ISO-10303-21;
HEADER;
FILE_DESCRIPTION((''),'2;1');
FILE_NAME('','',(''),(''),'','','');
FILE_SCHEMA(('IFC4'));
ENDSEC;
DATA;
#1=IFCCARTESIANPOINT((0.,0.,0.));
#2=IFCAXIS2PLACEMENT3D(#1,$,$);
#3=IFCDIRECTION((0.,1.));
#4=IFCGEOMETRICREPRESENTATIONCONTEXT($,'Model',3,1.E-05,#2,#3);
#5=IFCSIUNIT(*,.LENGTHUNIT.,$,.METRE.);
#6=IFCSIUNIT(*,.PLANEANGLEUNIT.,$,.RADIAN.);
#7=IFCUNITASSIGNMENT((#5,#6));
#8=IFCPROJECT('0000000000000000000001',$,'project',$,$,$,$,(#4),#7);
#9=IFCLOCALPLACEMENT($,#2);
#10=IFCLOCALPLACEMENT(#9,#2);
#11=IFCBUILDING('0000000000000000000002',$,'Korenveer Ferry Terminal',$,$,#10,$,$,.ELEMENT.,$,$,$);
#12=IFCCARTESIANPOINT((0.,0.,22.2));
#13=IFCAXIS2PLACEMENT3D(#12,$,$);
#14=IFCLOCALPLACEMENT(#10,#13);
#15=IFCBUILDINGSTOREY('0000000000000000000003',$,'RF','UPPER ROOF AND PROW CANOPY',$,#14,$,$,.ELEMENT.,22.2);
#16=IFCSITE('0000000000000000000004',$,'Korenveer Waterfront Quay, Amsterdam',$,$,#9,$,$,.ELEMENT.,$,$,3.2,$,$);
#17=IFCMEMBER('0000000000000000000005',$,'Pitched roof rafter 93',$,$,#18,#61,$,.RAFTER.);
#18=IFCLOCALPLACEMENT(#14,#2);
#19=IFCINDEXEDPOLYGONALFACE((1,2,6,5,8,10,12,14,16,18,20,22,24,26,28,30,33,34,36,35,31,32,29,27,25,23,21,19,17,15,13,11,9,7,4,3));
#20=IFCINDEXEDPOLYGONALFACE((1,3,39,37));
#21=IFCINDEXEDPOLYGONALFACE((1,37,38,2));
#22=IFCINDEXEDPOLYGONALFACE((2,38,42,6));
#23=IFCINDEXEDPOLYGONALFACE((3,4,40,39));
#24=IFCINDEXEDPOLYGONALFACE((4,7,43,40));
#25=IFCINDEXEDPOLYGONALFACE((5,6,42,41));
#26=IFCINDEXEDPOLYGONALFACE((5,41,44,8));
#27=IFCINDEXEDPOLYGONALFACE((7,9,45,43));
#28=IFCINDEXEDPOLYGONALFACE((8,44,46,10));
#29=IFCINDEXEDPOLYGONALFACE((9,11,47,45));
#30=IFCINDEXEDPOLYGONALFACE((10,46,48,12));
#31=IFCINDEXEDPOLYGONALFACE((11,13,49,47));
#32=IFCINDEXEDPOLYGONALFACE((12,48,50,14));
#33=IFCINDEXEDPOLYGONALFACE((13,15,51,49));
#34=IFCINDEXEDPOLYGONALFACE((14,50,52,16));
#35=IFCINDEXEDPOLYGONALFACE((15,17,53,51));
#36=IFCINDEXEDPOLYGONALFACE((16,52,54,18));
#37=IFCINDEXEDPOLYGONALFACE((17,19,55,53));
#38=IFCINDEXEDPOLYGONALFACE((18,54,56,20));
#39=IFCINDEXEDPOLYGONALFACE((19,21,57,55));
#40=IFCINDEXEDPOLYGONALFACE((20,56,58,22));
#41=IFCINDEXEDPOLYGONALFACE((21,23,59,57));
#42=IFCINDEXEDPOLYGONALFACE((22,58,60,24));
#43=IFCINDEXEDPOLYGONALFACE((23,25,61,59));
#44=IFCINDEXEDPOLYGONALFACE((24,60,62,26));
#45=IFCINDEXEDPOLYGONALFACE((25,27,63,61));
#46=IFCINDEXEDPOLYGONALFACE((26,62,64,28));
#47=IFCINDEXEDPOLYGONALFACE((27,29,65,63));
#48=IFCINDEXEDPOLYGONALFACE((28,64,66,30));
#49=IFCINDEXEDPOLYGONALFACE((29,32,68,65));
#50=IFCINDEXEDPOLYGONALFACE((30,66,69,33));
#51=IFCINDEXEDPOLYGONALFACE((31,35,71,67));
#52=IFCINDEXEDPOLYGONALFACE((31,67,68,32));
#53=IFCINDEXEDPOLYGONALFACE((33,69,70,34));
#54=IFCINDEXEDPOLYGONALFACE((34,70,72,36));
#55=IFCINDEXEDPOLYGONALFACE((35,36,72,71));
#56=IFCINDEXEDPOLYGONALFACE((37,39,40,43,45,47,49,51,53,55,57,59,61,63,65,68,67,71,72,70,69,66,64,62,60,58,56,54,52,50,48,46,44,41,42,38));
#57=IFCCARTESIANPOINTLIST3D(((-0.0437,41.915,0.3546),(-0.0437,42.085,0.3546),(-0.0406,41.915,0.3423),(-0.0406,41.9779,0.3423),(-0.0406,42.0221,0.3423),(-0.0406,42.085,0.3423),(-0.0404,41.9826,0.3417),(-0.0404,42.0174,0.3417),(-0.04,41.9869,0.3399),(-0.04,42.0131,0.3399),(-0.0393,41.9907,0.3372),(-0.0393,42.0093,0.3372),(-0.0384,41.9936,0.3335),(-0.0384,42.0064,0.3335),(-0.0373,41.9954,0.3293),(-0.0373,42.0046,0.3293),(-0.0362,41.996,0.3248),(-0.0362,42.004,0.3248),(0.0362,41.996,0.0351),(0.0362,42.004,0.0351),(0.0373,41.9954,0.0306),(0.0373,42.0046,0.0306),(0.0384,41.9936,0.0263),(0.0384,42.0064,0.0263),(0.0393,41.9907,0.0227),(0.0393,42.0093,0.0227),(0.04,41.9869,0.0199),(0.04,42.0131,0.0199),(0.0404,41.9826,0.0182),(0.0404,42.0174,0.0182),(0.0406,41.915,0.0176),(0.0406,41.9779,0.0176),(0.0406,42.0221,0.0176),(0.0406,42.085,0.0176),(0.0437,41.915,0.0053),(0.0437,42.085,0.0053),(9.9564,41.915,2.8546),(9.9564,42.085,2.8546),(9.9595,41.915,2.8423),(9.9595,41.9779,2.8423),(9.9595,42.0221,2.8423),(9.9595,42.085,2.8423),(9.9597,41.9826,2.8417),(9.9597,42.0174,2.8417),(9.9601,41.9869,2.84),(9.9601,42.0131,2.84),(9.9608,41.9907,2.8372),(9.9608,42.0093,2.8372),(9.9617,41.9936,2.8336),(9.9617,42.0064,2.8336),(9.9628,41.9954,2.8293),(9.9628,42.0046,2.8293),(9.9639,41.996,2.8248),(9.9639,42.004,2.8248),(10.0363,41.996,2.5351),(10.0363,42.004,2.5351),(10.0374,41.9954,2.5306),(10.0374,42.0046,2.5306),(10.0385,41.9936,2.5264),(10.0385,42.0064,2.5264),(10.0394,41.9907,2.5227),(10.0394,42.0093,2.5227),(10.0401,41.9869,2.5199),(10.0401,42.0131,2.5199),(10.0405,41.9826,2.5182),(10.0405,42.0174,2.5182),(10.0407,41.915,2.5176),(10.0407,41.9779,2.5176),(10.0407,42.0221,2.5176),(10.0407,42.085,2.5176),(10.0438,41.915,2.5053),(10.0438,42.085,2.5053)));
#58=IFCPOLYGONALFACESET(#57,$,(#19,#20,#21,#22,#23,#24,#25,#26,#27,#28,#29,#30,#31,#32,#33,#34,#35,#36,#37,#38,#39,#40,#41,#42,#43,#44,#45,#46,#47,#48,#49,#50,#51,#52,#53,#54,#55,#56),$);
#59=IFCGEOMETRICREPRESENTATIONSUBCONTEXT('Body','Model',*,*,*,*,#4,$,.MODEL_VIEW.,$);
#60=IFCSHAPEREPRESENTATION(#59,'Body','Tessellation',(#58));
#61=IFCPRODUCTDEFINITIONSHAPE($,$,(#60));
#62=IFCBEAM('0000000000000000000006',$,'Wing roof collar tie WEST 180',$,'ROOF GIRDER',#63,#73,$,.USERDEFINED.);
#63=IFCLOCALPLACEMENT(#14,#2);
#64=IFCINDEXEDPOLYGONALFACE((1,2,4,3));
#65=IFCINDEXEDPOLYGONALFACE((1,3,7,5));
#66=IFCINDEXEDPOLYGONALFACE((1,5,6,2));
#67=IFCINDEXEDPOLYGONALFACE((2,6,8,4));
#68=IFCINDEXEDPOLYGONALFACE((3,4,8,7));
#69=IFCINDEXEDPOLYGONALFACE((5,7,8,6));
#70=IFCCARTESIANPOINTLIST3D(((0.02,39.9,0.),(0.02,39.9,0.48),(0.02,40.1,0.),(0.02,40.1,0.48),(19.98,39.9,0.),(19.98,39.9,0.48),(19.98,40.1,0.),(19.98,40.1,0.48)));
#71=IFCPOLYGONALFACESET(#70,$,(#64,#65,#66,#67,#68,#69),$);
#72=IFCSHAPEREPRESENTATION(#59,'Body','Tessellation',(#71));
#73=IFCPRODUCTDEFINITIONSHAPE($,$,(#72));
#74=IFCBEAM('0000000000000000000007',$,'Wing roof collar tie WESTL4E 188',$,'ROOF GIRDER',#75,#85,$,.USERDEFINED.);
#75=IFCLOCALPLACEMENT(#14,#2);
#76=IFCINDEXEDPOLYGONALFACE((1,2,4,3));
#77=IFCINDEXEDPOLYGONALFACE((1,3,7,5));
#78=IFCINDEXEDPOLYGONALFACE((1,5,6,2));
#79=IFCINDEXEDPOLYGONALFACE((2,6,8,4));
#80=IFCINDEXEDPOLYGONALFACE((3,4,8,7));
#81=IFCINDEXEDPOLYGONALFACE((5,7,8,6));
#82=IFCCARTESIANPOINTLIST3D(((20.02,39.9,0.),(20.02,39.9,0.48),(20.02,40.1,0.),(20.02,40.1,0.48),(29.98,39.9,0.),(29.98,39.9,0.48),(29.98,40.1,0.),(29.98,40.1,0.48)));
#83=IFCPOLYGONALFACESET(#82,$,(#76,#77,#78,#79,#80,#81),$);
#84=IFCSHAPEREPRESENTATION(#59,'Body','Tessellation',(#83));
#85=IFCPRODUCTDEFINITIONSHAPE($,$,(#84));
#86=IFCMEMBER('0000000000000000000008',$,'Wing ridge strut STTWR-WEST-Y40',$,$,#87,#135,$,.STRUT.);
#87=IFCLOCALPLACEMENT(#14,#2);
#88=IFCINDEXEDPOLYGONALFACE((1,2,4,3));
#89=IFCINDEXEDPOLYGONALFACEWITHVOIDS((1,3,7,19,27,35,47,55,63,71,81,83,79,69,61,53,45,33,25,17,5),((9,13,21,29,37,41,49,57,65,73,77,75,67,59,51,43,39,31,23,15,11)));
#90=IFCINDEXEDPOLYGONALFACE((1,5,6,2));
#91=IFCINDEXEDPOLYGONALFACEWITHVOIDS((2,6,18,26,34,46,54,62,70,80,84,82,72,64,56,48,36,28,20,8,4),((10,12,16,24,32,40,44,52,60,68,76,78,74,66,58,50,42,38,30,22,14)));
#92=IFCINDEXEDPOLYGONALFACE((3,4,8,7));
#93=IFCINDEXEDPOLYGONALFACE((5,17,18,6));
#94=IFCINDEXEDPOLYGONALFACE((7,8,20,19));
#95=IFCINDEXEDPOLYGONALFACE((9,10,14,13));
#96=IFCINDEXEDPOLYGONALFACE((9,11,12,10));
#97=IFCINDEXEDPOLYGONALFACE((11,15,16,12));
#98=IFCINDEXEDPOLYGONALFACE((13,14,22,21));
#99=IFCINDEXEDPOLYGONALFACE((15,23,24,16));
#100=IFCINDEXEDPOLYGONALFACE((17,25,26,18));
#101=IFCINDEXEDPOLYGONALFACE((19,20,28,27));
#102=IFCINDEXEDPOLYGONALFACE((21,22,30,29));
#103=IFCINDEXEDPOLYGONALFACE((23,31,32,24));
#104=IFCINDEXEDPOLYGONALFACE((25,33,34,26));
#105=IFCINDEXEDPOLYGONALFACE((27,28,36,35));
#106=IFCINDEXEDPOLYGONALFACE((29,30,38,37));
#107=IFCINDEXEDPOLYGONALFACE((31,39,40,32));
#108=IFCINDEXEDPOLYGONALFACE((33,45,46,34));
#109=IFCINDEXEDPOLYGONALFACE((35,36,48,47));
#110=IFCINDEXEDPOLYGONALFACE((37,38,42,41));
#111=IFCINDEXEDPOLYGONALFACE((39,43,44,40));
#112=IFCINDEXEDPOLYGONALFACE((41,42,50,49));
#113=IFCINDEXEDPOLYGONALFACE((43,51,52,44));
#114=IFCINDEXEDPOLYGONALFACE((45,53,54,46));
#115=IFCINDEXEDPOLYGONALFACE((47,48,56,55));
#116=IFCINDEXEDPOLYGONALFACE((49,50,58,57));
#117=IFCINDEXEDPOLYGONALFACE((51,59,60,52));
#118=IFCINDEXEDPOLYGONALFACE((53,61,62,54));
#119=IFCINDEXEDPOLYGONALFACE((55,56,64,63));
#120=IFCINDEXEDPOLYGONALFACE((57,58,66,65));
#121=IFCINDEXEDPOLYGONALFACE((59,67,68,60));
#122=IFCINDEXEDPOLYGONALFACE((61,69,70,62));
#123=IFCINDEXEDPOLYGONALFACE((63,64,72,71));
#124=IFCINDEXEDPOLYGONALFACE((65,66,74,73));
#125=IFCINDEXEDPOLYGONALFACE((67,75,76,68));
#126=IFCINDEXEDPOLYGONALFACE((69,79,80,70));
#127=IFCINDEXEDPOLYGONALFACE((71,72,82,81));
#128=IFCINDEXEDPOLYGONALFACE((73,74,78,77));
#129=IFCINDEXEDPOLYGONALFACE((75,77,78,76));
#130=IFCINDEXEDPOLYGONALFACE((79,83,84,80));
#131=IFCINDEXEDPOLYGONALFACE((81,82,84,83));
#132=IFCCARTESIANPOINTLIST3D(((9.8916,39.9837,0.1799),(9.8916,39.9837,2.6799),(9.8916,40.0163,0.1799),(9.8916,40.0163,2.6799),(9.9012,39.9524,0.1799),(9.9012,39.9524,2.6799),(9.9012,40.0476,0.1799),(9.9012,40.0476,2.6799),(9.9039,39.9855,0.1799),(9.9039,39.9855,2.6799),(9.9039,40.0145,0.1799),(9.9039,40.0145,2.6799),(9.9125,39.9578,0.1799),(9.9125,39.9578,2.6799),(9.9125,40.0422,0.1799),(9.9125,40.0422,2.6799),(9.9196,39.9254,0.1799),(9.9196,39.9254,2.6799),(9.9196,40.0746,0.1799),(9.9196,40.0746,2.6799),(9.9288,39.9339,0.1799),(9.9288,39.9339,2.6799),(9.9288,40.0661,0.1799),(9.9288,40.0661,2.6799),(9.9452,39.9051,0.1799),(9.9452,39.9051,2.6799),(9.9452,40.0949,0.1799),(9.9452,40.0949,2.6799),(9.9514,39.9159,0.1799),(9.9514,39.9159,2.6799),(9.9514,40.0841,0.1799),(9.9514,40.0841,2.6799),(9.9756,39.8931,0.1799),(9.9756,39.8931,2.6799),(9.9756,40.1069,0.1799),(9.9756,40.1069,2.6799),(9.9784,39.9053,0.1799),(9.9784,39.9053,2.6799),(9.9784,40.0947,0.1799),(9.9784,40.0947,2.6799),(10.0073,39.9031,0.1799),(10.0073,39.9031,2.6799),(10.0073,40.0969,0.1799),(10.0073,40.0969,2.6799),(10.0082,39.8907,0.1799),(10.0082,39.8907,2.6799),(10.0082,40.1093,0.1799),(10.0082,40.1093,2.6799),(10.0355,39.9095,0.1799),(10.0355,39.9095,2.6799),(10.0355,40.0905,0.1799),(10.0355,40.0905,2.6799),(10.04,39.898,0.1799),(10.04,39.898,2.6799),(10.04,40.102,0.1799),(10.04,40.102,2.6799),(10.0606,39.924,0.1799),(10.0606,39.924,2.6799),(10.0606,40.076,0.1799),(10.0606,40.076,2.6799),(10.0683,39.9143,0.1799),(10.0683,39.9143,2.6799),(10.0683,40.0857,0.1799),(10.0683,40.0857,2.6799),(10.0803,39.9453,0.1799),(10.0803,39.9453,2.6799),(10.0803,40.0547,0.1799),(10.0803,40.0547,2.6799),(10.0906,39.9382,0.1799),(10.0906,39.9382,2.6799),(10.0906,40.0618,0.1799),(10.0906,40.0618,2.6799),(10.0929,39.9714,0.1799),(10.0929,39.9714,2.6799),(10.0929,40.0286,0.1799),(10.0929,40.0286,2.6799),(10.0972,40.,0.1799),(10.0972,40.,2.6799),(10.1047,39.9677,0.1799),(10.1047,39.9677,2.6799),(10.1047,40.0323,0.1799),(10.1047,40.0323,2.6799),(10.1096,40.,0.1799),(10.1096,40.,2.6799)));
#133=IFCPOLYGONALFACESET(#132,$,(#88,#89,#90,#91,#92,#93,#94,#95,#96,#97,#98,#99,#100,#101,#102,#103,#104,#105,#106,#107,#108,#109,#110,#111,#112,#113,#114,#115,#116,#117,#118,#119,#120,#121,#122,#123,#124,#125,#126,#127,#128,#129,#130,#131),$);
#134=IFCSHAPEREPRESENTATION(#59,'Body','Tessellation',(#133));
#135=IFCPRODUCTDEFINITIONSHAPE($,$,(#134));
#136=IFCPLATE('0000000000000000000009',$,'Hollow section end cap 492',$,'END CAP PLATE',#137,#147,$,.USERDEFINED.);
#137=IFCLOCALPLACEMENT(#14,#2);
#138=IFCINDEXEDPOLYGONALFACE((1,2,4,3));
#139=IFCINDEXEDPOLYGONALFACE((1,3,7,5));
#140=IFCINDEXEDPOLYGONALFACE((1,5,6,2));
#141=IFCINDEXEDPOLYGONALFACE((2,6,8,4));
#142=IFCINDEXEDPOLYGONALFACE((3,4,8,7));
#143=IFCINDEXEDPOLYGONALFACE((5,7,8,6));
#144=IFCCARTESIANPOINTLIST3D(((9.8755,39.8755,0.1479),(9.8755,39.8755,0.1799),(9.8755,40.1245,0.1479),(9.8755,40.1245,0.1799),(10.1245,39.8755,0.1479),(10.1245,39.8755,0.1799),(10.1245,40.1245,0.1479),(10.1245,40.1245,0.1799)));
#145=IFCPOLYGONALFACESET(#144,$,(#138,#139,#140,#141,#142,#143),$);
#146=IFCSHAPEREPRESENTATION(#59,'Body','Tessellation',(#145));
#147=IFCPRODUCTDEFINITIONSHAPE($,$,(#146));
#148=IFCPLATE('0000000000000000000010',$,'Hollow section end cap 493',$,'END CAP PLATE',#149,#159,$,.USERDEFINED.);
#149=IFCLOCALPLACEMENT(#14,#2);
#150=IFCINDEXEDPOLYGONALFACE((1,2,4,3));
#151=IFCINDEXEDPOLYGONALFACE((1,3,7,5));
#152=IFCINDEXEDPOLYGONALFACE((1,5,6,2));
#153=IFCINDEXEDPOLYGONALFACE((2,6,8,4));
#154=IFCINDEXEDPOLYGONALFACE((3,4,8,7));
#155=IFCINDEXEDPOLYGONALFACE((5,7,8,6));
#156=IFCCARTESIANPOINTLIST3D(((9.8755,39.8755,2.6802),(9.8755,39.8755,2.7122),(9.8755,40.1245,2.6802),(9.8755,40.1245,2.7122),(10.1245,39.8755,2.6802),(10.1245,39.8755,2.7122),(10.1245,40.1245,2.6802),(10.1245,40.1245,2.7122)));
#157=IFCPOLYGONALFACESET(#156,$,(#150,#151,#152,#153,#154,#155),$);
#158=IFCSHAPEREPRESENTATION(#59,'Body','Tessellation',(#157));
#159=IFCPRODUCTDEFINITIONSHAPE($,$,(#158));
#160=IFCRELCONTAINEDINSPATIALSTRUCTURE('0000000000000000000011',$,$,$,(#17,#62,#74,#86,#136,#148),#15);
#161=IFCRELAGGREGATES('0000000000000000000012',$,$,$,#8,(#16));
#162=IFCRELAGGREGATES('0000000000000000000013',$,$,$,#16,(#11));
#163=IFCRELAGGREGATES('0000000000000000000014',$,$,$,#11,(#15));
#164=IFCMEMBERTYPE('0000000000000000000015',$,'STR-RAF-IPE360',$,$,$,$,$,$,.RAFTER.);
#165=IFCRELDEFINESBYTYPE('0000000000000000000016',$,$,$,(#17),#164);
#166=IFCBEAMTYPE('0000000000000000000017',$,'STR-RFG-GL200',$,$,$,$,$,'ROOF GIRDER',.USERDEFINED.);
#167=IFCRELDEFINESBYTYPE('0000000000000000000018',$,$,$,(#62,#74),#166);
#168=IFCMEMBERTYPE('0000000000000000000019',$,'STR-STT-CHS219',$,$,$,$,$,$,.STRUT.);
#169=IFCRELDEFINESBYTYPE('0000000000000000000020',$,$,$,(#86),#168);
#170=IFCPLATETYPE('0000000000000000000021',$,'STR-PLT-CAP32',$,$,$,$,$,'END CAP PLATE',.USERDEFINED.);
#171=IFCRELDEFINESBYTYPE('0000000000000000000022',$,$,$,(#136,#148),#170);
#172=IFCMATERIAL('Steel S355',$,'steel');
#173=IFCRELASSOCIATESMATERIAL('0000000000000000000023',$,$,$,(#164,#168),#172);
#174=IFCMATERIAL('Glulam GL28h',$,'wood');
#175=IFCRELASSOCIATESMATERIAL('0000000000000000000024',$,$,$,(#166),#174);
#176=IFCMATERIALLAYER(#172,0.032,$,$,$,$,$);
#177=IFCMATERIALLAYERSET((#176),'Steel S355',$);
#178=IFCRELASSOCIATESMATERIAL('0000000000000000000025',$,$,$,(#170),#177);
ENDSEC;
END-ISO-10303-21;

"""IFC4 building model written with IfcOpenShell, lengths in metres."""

from ifc_helpers import new_model, si_unit, direction, frame, origin, origin_2d, place, context, subcontext, project, spatial, rectangle, hollow_circle, i_section, extrude, material, layer, layer_set, material_profile, profile_set, type_object, element, save


model = new_model("IFC4")

# Units and contexts
model_context = context("Model", 3, precision=1e-05, world=origin(), true_north=direction((0.0, 1.0)))
body_context = subcontext(model_context, "Body", "Model", "MODEL_VIEW")
ifc_project = project(units=[si_unit("LENGTHUNIT", "METRE"), si_unit("PLANEANGLEUNIT", "RADIAN")], contexts=[model_context])

# Site, building, storey
site_placement = place(None, origin())
site = spatial("IfcSite", under=ifc_project, at=site_placement, Name="Korenveer Waterfront Quay, Amsterdam", CompositionType="ELEMENT", RefElevation=3.2)
building_placement = place(site_placement, origin())
building = spatial("IfcBuilding", under=site, at=building_placement, Name="Korenveer Ferry Terminal", CompositionType="ELEMENT")
storey_placement = place(building_placement, frame((0.0, 0.0, 22.2)))
storey = spatial("IfcBuildingStorey", under=building, at=storey_placement, Name="RF", Description="UPPER ROOF AND PROW CANOPY", CompositionType="ELEMENT", Elevation=22.2)

# Shared definitions
ifc_material_1 = material(Name="Steel S355", Category="steel")

# Member
ifc_material_profile_1 = material_profile(ifc_material_1, i_section(OverallWidth=0.1699, OverallDepth=0.3601, WebThickness=0.0081, FlangeThickness=0.0127, FilletRadius=0.0181, at=origin_2d()), Name="IPE 360")
ifc_profile_set_1 = profile_set([ifc_material_profile_1], Name="Steel S355")
member_type_1 = type_object("IfcMemberType", Name="STR-RAF-IPE360", PredefinedType="RAFTER", material=ifc_profile_set_1)
for number, where, z_axis, x_axis, name in (
    (1, (0.0, 42.0, 0.1799), (0.970143, 0.0, 0.242536), (0.0, 1.0, 0.0), "Pitched roof rafter 93"),
):
    element("IfcMember", number, at=place(storey_placement, frame(where, z_axis=z_axis, x_axis=x_axis)), inside=storey, type_object=member_type_1, Name=name, PredefinedType="RAFTER", context=body_context, shape_type="SweptSolid", body=[
        extrude(i_section(OverallWidth=0.1699, OverallDepth=0.3601, WebThickness=0.0081, FlangeThickness=0.0127, FilletRadius=0.0181, at=origin_2d()), origin(), (0.0, 0.0, 1.0), 10.3079),
    ])

# Beams
ifc_material_2 = material(Name="Glulam GL28h", Category="wood")
ifc_material_profile_2 = material_profile(ifc_material_2, rectangle(XDim=0.2, YDim=0.48, at=origin_2d()), Name="GL 200x480")
ifc_profile_set_2 = profile_set([ifc_material_profile_2], Name="Glulam GL28h")
beam_type_1 = type_object("IfcBeamType", Name="STR-RFG-GL200", ElementType="ROOF GIRDER", PredefinedType="USERDEFINED", material=ifc_profile_set_2)
beam_1_placement = place(storey_placement, frame((0.02, 40.0, 0.24), z_axis=(1.0, 0.0, 0.0), x_axis=(0.0, 1.0, 0.0)))
element("IfcBeam", 2, at=beam_1_placement, inside=storey, type_object=beam_type_1, Name="Wing roof collar tie WEST 180", ObjectType="ROOF GIRDER", PredefinedType="USERDEFINED", context=body_context, shape_type="SweptSolid", body=[
    extrude(rectangle(XDim=0.2, YDim=0.48, at=origin_2d()), origin(), (0.0, 0.0, 1.0), 19.96),
])
beam_2_placement = place(storey_placement, frame((20.02, 40.0, 0.24), z_axis=(1.0, 0.0, 0.0), x_axis=(0.0, 1.0, 0.0)))
element("IfcBeam", 3, at=beam_2_placement, inside=storey, type_object=beam_type_1, Name="Wing roof collar tie WESTL4E 188", ObjectType="ROOF GIRDER", PredefinedType="USERDEFINED", context=body_context, shape_type="SweptSolid", body=[
    extrude(rectangle(XDim=0.2, YDim=0.48, at=origin_2d()), origin(), (0.0, 0.0, 1.0), 9.96),
])

# Member
ifc_material_profile_3 = material_profile(ifc_material_1, hollow_circle(Radius=0.1096, WallThickness=0.0125, at=origin_2d()), Name="CHS 219.1x12.5")
ifc_profile_set_3 = profile_set([ifc_material_profile_3], Name="Steel S355")
member_type_2 = type_object("IfcMemberType", Name="STR-STT-CHS219", PredefinedType="STRUT", material=ifc_profile_set_3)
member_placement = place(storey_placement, frame((10.0, 40.0, 0.1799), z_axis=(0.0, 0.0, 1.0), x_axis=(1.0, 0.0, 0.0)))
element("IfcMember", 4, at=member_placement, inside=storey, type_object=member_type_2, Name="Wing ridge strut STTWR-WEST-Y40", PredefinedType="STRUT", context=body_context, shape_type="SweptSolid", body=[
    extrude(hollow_circle(Radius=0.1096, WallThickness=0.0125, at=origin_2d()), origin(), (0.0, 0.0, 1.0), 2.5),
])

# Plates
ifc_layer = layer(ifc_material_1, 0.032)
ifc_layer_set = layer_set([ifc_layer], Name="Steel S355")
plate_type = type_object("IfcPlateType", Name="STR-PLT-CAP32", ElementType="END CAP PLATE", PredefinedType="USERDEFINED", material=ifc_layer_set)
for number, where, z_axis, x_axis, name in (
    (5, (10.0, 40.0, 0.1479), (0.0, 0.0, 1.0), (1.0, 0.0, 0.0), "Hollow section end cap 492"),
    (6, (10.0, 40.0, 2.6802), (0.0, 0.0, 1.0), (1.0, 0.0, 0.0), "Hollow section end cap 493"),
):
    element("IfcPlate", number, at=place(storey_placement, frame(where, z_axis=z_axis, x_axis=x_axis)), inside=storey, type_object=plate_type, Name=name, ObjectType="END CAP PLATE", PredefinedType="USERDEFINED", context=body_context, shape_type="SweptSolid", body=[
        extrude(rectangle(XDim=0.249, YDim=0.249, at=origin_2d()), origin(), (0.0, 0.0, 1.0), 0.032),
    ])

save(model, "model.ifc")
